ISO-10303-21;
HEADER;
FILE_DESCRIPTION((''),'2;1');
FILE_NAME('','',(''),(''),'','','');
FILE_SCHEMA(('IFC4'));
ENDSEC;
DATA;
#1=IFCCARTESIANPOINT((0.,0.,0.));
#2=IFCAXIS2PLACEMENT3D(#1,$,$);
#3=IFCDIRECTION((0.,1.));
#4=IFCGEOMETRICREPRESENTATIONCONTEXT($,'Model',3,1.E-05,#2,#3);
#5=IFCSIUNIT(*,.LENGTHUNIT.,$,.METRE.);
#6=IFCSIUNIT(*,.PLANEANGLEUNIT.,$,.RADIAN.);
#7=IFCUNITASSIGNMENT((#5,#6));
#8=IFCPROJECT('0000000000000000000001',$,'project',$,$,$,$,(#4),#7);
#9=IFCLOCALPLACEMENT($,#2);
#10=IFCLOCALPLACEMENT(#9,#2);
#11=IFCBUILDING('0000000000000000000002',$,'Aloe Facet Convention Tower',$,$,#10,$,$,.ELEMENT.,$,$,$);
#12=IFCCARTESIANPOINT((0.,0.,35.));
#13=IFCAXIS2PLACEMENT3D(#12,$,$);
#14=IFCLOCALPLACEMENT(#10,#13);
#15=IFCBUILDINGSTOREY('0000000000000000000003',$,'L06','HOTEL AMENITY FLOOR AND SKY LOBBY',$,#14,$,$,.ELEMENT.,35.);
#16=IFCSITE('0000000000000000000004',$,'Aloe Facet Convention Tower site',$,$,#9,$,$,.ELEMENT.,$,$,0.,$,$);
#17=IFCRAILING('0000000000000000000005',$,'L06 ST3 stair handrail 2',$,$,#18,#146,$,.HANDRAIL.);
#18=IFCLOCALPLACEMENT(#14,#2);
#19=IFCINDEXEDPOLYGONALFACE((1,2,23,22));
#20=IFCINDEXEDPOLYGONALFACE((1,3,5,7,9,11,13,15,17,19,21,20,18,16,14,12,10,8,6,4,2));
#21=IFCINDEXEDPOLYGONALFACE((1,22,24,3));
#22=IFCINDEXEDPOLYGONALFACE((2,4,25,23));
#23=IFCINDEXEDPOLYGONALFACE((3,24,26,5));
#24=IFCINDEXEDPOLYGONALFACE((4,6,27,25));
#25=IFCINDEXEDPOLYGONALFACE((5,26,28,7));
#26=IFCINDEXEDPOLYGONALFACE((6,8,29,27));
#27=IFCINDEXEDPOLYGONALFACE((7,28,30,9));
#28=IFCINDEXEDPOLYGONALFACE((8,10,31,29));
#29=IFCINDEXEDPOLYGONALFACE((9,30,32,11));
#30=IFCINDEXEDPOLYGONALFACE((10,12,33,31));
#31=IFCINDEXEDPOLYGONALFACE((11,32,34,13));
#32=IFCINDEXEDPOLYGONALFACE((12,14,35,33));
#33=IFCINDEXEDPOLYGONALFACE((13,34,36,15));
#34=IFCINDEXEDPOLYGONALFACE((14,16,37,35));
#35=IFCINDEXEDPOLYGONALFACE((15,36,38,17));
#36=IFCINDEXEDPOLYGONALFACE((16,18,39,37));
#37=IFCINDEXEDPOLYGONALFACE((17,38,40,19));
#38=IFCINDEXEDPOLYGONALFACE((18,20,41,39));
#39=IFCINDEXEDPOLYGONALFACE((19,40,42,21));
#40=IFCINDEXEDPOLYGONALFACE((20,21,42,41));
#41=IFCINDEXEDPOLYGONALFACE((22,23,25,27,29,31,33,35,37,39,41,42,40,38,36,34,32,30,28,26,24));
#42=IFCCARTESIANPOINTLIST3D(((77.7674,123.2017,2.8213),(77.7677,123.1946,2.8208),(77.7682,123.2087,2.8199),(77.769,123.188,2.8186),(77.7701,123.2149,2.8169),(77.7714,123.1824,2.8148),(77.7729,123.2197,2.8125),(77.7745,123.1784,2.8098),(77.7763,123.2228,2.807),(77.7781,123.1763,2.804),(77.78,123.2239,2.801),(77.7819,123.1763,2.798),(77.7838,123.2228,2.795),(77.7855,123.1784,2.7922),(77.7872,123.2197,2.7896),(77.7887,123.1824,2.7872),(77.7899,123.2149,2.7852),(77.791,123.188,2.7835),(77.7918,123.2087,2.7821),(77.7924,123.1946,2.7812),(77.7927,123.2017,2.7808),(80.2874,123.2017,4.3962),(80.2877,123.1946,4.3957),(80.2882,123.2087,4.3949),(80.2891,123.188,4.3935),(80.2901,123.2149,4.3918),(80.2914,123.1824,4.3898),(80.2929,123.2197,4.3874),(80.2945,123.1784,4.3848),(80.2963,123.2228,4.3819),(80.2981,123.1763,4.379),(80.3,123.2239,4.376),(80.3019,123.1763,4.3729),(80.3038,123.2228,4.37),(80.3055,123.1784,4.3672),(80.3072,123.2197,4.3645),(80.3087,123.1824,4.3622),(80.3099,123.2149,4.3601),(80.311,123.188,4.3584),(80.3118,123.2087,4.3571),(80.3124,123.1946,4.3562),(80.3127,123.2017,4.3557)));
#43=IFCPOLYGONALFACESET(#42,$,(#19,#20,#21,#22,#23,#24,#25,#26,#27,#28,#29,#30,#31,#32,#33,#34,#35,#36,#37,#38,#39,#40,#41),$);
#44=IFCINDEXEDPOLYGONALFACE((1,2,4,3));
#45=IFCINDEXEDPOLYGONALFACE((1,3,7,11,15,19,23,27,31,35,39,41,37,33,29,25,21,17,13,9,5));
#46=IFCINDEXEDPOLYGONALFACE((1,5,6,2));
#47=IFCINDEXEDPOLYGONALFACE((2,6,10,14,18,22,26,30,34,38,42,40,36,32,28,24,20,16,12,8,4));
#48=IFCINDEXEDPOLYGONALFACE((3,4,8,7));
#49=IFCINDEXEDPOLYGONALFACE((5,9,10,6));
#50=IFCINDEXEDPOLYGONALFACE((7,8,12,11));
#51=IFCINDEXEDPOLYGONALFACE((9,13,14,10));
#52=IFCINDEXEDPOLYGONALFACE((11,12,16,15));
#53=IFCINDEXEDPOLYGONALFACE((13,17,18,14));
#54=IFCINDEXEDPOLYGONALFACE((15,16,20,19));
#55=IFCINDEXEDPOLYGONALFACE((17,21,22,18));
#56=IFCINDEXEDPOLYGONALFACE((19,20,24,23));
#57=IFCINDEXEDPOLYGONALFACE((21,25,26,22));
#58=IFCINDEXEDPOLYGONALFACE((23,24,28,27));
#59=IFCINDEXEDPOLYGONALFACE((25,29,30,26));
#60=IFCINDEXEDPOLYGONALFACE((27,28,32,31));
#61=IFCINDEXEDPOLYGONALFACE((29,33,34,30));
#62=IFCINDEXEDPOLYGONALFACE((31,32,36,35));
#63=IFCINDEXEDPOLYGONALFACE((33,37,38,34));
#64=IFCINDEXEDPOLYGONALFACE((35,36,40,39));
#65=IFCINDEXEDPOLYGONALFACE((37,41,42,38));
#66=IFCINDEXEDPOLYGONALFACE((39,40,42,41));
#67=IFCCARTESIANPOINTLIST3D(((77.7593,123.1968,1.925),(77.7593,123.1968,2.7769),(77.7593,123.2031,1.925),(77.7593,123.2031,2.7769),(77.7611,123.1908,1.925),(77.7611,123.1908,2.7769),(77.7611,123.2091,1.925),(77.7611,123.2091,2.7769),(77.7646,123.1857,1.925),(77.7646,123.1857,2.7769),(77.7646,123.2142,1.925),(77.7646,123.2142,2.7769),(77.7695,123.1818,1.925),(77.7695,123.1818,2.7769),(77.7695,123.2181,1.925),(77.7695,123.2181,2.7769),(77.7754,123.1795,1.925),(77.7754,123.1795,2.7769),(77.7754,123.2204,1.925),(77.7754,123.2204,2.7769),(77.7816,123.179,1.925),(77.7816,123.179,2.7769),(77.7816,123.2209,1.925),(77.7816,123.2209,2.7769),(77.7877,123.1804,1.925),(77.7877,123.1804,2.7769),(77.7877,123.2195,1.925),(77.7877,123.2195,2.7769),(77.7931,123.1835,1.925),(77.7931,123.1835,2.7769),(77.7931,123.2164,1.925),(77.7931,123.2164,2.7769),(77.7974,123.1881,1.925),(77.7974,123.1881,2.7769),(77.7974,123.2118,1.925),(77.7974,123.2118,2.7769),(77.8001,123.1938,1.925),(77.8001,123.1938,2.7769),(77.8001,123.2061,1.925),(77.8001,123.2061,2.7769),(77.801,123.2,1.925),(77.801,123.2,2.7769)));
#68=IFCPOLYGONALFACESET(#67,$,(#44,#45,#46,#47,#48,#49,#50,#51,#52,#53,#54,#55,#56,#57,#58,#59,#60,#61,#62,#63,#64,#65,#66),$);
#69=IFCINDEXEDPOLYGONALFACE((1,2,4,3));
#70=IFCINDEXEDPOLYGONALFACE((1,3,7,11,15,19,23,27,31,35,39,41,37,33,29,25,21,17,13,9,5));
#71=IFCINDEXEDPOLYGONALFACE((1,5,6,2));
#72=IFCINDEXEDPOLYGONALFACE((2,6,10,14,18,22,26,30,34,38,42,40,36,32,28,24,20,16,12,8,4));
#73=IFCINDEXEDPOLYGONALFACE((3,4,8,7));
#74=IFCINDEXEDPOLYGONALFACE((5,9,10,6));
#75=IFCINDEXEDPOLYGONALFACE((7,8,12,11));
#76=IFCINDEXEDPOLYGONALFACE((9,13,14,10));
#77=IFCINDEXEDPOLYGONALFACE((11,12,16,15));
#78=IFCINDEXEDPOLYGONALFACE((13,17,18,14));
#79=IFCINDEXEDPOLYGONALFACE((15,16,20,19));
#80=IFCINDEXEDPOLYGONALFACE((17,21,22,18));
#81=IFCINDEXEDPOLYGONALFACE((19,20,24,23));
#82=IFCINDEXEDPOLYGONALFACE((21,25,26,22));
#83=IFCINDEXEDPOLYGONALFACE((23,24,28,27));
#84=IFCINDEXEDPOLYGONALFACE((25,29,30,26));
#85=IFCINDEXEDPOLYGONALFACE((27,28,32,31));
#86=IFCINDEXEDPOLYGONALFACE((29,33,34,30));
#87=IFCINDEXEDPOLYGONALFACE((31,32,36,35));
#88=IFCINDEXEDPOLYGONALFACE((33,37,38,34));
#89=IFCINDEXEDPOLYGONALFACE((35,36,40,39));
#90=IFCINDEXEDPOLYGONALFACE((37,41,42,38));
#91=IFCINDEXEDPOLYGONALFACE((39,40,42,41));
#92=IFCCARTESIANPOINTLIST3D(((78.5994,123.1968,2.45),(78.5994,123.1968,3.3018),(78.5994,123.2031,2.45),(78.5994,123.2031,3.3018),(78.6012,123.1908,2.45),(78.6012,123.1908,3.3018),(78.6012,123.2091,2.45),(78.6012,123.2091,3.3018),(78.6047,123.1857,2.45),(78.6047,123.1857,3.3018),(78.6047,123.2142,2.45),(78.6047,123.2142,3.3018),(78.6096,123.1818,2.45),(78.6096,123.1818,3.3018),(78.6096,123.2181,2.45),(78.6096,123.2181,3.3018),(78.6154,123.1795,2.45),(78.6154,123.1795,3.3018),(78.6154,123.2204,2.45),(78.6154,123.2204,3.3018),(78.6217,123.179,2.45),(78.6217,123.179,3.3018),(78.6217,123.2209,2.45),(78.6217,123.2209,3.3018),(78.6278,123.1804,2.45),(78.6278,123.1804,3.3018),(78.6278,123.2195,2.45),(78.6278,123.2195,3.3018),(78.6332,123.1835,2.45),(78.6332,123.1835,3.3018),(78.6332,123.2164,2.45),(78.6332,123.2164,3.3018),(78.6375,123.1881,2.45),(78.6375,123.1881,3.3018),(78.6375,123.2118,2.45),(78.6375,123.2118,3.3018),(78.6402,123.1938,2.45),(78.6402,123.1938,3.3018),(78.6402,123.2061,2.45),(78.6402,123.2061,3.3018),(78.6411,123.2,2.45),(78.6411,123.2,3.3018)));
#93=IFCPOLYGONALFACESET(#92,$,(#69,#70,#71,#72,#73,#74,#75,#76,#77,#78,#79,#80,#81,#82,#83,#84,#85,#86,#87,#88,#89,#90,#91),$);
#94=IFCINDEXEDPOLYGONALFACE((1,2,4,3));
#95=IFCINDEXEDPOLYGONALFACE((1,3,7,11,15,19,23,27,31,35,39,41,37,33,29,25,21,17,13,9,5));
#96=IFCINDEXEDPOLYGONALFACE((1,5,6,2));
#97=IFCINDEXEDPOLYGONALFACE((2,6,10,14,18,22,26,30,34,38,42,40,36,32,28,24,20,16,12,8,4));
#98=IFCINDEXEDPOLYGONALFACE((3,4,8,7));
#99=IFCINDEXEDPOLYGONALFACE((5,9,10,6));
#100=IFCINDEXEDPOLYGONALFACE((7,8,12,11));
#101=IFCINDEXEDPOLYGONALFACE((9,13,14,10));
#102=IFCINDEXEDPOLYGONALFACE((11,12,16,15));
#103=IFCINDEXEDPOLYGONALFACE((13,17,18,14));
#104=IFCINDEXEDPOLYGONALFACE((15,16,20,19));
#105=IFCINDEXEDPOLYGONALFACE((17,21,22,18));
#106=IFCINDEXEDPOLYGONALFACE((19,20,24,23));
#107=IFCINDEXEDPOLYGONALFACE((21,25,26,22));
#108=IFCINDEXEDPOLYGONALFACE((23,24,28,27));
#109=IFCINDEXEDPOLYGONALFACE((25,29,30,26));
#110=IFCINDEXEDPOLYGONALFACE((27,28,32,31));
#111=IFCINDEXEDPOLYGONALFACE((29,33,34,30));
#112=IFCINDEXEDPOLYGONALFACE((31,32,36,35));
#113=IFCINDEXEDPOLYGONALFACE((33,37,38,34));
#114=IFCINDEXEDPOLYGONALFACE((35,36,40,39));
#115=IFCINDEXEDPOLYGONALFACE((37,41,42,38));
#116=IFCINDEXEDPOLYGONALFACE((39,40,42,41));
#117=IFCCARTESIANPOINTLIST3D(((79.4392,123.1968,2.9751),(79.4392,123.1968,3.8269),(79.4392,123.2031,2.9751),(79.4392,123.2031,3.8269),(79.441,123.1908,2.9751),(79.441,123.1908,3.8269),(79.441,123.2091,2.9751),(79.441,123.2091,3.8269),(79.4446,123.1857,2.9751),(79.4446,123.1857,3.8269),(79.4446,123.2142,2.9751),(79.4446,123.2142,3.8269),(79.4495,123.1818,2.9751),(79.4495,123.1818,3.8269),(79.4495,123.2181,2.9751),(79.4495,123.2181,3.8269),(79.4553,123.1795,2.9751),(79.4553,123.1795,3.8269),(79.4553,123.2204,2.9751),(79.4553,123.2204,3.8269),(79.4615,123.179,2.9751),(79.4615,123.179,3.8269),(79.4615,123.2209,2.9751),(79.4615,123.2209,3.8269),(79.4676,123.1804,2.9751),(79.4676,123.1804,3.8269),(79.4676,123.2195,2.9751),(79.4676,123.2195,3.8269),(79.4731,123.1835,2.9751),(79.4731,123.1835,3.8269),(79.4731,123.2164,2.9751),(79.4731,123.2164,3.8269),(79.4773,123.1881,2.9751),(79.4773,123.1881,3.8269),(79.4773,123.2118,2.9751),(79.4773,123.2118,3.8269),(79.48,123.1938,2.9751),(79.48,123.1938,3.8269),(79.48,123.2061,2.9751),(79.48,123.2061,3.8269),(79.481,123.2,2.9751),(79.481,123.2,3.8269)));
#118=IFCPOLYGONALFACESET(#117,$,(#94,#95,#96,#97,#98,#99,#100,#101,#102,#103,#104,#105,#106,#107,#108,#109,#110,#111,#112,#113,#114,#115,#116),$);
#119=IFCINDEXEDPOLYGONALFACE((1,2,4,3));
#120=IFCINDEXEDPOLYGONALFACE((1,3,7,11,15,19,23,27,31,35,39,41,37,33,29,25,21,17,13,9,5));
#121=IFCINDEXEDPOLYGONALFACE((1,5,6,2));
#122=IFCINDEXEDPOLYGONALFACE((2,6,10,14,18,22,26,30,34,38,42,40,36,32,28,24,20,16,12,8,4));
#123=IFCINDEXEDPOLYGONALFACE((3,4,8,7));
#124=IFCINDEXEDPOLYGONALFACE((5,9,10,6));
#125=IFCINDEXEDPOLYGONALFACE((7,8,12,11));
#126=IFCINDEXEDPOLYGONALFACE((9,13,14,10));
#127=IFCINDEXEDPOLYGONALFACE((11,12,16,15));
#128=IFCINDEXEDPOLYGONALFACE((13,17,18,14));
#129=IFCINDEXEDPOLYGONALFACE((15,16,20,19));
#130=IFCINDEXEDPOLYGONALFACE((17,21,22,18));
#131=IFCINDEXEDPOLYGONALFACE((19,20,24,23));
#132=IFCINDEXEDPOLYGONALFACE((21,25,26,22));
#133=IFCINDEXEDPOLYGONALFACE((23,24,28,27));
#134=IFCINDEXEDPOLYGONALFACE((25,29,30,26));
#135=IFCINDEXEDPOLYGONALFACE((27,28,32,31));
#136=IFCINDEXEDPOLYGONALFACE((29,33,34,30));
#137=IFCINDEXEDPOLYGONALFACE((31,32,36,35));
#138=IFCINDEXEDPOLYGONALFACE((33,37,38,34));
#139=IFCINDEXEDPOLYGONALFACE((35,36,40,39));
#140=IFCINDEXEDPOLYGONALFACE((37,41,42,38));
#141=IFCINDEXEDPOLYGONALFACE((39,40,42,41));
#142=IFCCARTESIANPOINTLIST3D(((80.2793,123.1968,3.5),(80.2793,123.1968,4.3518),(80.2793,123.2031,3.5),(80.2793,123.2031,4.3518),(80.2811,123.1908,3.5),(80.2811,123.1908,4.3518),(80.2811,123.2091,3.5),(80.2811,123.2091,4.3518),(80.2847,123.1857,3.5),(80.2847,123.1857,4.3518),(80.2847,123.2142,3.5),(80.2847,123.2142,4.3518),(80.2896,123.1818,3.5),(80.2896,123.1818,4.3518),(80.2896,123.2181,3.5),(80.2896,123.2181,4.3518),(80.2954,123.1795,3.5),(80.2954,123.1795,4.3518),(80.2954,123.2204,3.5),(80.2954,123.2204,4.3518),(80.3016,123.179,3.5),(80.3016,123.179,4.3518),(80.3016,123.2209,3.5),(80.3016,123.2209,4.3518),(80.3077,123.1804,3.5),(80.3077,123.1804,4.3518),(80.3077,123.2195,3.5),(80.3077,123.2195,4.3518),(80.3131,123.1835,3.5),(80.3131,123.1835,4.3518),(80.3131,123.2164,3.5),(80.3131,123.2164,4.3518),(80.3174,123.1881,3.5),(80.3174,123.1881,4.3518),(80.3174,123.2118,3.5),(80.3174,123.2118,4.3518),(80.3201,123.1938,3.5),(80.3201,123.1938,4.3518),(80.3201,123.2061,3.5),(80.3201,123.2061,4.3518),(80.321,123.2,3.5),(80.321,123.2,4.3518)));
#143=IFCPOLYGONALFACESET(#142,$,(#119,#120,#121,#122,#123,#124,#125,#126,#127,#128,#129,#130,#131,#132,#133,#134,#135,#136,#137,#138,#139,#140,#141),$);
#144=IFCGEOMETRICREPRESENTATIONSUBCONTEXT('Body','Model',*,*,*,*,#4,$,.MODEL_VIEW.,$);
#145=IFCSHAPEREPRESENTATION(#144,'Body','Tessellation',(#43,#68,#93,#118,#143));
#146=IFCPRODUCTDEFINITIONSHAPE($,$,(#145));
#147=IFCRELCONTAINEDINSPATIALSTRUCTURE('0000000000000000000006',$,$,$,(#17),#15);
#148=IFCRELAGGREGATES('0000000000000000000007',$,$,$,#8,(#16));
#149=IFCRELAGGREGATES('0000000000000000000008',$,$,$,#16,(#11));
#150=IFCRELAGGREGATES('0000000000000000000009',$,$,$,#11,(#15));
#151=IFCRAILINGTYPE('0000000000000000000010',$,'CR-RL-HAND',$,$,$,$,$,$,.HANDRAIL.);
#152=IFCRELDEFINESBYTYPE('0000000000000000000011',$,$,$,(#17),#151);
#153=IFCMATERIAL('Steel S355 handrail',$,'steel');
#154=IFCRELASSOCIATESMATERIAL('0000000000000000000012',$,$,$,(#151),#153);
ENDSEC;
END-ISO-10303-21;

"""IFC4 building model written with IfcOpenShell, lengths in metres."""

from ifc_helpers import new_model, si_unit, direction, frame, origin, origin_2d, place, context, subcontext, project, spatial, circle, extrude, material, type_object, element, save


model = new_model("IFC4")

# Units and contexts
model_context = context("Model", 3, precision=1e-05, world=origin(), true_north=direction((0.0, 1.0)))
body_context = subcontext(model_context, "Body", "Model", "MODEL_VIEW")
ifc_project = project(units=[si_unit("LENGTHUNIT", "METRE"), si_unit("PLANEANGLEUNIT", "RADIAN")], contexts=[model_context])

# Site, building, storey
site_placement = place(None, origin())
site = spatial("IfcSite", under=ifc_project, at=site_placement, Name="Aloe Facet Convention Tower site", CompositionType="ELEMENT", RefElevation=0.0)
building_placement = place(site_placement, origin())
building = spatial("IfcBuilding", under=site, at=building_placement, Name="Aloe Facet Convention Tower", CompositionType="ELEMENT")
storey_placement = place(building_placement, frame((0.0, 0.0, 35.0)))
storey = spatial("IfcBuildingStorey", under=building, at=storey_placement, Name="L06", Description="HOTEL AMENITY FLOOR AND SKY LOBBY", CompositionType="ELEMENT", Elevation=35.0)

# Railing
ifc_material_1 = material(Name="Steel S355 handrail", Category="steel")
railing_type_1 = type_object("IfcRailingType", Name="CR-RL-HAND", PredefinedType="HANDRAIL", material=ifc_material_1)
railing_1_placement = place(storey_placement, frame((77.78, 123.2, 1.925)))
element("IfcRailing", 1, at=railing_1_placement, inside=storey, type_object=railing_type_1, Name="L06 ST3 stair handrail 2", PredefinedType="HANDRAIL", context=body_context, shape_type="SweptSolid", body=[
    extrude(circle(Radius=0.0239, at=origin_2d()), frame((0.0, 0.0, 0.876), z_axis=(0.848008, 0.0, 0.529984), x_axis=(0.0, 1.0, 0.0)), (0.0, 0.0, 1.0), 2.9717),
    extrude(circle(Radius=0.021, at=origin_2d()), origin(), (0.0, 0.0, 1.0), 0.8518),
    extrude(circle(Radius=0.021, at=origin_2d()), frame((0.8401, 0.0, 0.5249)), (0.0, 0.0, 1.0), 0.8518),
    extrude(circle(Radius=0.021, at=origin_2d()), frame((1.6799, 0.0, 1.05)), (0.0, 0.0, 1.0), 0.8518),
    extrude(circle(Radius=0.021, at=origin_2d()), frame((2.52, 0.0, 1.575)), (0.0, 0.0, 1.0), 0.8518),
])

save(model, "model.ifc")
